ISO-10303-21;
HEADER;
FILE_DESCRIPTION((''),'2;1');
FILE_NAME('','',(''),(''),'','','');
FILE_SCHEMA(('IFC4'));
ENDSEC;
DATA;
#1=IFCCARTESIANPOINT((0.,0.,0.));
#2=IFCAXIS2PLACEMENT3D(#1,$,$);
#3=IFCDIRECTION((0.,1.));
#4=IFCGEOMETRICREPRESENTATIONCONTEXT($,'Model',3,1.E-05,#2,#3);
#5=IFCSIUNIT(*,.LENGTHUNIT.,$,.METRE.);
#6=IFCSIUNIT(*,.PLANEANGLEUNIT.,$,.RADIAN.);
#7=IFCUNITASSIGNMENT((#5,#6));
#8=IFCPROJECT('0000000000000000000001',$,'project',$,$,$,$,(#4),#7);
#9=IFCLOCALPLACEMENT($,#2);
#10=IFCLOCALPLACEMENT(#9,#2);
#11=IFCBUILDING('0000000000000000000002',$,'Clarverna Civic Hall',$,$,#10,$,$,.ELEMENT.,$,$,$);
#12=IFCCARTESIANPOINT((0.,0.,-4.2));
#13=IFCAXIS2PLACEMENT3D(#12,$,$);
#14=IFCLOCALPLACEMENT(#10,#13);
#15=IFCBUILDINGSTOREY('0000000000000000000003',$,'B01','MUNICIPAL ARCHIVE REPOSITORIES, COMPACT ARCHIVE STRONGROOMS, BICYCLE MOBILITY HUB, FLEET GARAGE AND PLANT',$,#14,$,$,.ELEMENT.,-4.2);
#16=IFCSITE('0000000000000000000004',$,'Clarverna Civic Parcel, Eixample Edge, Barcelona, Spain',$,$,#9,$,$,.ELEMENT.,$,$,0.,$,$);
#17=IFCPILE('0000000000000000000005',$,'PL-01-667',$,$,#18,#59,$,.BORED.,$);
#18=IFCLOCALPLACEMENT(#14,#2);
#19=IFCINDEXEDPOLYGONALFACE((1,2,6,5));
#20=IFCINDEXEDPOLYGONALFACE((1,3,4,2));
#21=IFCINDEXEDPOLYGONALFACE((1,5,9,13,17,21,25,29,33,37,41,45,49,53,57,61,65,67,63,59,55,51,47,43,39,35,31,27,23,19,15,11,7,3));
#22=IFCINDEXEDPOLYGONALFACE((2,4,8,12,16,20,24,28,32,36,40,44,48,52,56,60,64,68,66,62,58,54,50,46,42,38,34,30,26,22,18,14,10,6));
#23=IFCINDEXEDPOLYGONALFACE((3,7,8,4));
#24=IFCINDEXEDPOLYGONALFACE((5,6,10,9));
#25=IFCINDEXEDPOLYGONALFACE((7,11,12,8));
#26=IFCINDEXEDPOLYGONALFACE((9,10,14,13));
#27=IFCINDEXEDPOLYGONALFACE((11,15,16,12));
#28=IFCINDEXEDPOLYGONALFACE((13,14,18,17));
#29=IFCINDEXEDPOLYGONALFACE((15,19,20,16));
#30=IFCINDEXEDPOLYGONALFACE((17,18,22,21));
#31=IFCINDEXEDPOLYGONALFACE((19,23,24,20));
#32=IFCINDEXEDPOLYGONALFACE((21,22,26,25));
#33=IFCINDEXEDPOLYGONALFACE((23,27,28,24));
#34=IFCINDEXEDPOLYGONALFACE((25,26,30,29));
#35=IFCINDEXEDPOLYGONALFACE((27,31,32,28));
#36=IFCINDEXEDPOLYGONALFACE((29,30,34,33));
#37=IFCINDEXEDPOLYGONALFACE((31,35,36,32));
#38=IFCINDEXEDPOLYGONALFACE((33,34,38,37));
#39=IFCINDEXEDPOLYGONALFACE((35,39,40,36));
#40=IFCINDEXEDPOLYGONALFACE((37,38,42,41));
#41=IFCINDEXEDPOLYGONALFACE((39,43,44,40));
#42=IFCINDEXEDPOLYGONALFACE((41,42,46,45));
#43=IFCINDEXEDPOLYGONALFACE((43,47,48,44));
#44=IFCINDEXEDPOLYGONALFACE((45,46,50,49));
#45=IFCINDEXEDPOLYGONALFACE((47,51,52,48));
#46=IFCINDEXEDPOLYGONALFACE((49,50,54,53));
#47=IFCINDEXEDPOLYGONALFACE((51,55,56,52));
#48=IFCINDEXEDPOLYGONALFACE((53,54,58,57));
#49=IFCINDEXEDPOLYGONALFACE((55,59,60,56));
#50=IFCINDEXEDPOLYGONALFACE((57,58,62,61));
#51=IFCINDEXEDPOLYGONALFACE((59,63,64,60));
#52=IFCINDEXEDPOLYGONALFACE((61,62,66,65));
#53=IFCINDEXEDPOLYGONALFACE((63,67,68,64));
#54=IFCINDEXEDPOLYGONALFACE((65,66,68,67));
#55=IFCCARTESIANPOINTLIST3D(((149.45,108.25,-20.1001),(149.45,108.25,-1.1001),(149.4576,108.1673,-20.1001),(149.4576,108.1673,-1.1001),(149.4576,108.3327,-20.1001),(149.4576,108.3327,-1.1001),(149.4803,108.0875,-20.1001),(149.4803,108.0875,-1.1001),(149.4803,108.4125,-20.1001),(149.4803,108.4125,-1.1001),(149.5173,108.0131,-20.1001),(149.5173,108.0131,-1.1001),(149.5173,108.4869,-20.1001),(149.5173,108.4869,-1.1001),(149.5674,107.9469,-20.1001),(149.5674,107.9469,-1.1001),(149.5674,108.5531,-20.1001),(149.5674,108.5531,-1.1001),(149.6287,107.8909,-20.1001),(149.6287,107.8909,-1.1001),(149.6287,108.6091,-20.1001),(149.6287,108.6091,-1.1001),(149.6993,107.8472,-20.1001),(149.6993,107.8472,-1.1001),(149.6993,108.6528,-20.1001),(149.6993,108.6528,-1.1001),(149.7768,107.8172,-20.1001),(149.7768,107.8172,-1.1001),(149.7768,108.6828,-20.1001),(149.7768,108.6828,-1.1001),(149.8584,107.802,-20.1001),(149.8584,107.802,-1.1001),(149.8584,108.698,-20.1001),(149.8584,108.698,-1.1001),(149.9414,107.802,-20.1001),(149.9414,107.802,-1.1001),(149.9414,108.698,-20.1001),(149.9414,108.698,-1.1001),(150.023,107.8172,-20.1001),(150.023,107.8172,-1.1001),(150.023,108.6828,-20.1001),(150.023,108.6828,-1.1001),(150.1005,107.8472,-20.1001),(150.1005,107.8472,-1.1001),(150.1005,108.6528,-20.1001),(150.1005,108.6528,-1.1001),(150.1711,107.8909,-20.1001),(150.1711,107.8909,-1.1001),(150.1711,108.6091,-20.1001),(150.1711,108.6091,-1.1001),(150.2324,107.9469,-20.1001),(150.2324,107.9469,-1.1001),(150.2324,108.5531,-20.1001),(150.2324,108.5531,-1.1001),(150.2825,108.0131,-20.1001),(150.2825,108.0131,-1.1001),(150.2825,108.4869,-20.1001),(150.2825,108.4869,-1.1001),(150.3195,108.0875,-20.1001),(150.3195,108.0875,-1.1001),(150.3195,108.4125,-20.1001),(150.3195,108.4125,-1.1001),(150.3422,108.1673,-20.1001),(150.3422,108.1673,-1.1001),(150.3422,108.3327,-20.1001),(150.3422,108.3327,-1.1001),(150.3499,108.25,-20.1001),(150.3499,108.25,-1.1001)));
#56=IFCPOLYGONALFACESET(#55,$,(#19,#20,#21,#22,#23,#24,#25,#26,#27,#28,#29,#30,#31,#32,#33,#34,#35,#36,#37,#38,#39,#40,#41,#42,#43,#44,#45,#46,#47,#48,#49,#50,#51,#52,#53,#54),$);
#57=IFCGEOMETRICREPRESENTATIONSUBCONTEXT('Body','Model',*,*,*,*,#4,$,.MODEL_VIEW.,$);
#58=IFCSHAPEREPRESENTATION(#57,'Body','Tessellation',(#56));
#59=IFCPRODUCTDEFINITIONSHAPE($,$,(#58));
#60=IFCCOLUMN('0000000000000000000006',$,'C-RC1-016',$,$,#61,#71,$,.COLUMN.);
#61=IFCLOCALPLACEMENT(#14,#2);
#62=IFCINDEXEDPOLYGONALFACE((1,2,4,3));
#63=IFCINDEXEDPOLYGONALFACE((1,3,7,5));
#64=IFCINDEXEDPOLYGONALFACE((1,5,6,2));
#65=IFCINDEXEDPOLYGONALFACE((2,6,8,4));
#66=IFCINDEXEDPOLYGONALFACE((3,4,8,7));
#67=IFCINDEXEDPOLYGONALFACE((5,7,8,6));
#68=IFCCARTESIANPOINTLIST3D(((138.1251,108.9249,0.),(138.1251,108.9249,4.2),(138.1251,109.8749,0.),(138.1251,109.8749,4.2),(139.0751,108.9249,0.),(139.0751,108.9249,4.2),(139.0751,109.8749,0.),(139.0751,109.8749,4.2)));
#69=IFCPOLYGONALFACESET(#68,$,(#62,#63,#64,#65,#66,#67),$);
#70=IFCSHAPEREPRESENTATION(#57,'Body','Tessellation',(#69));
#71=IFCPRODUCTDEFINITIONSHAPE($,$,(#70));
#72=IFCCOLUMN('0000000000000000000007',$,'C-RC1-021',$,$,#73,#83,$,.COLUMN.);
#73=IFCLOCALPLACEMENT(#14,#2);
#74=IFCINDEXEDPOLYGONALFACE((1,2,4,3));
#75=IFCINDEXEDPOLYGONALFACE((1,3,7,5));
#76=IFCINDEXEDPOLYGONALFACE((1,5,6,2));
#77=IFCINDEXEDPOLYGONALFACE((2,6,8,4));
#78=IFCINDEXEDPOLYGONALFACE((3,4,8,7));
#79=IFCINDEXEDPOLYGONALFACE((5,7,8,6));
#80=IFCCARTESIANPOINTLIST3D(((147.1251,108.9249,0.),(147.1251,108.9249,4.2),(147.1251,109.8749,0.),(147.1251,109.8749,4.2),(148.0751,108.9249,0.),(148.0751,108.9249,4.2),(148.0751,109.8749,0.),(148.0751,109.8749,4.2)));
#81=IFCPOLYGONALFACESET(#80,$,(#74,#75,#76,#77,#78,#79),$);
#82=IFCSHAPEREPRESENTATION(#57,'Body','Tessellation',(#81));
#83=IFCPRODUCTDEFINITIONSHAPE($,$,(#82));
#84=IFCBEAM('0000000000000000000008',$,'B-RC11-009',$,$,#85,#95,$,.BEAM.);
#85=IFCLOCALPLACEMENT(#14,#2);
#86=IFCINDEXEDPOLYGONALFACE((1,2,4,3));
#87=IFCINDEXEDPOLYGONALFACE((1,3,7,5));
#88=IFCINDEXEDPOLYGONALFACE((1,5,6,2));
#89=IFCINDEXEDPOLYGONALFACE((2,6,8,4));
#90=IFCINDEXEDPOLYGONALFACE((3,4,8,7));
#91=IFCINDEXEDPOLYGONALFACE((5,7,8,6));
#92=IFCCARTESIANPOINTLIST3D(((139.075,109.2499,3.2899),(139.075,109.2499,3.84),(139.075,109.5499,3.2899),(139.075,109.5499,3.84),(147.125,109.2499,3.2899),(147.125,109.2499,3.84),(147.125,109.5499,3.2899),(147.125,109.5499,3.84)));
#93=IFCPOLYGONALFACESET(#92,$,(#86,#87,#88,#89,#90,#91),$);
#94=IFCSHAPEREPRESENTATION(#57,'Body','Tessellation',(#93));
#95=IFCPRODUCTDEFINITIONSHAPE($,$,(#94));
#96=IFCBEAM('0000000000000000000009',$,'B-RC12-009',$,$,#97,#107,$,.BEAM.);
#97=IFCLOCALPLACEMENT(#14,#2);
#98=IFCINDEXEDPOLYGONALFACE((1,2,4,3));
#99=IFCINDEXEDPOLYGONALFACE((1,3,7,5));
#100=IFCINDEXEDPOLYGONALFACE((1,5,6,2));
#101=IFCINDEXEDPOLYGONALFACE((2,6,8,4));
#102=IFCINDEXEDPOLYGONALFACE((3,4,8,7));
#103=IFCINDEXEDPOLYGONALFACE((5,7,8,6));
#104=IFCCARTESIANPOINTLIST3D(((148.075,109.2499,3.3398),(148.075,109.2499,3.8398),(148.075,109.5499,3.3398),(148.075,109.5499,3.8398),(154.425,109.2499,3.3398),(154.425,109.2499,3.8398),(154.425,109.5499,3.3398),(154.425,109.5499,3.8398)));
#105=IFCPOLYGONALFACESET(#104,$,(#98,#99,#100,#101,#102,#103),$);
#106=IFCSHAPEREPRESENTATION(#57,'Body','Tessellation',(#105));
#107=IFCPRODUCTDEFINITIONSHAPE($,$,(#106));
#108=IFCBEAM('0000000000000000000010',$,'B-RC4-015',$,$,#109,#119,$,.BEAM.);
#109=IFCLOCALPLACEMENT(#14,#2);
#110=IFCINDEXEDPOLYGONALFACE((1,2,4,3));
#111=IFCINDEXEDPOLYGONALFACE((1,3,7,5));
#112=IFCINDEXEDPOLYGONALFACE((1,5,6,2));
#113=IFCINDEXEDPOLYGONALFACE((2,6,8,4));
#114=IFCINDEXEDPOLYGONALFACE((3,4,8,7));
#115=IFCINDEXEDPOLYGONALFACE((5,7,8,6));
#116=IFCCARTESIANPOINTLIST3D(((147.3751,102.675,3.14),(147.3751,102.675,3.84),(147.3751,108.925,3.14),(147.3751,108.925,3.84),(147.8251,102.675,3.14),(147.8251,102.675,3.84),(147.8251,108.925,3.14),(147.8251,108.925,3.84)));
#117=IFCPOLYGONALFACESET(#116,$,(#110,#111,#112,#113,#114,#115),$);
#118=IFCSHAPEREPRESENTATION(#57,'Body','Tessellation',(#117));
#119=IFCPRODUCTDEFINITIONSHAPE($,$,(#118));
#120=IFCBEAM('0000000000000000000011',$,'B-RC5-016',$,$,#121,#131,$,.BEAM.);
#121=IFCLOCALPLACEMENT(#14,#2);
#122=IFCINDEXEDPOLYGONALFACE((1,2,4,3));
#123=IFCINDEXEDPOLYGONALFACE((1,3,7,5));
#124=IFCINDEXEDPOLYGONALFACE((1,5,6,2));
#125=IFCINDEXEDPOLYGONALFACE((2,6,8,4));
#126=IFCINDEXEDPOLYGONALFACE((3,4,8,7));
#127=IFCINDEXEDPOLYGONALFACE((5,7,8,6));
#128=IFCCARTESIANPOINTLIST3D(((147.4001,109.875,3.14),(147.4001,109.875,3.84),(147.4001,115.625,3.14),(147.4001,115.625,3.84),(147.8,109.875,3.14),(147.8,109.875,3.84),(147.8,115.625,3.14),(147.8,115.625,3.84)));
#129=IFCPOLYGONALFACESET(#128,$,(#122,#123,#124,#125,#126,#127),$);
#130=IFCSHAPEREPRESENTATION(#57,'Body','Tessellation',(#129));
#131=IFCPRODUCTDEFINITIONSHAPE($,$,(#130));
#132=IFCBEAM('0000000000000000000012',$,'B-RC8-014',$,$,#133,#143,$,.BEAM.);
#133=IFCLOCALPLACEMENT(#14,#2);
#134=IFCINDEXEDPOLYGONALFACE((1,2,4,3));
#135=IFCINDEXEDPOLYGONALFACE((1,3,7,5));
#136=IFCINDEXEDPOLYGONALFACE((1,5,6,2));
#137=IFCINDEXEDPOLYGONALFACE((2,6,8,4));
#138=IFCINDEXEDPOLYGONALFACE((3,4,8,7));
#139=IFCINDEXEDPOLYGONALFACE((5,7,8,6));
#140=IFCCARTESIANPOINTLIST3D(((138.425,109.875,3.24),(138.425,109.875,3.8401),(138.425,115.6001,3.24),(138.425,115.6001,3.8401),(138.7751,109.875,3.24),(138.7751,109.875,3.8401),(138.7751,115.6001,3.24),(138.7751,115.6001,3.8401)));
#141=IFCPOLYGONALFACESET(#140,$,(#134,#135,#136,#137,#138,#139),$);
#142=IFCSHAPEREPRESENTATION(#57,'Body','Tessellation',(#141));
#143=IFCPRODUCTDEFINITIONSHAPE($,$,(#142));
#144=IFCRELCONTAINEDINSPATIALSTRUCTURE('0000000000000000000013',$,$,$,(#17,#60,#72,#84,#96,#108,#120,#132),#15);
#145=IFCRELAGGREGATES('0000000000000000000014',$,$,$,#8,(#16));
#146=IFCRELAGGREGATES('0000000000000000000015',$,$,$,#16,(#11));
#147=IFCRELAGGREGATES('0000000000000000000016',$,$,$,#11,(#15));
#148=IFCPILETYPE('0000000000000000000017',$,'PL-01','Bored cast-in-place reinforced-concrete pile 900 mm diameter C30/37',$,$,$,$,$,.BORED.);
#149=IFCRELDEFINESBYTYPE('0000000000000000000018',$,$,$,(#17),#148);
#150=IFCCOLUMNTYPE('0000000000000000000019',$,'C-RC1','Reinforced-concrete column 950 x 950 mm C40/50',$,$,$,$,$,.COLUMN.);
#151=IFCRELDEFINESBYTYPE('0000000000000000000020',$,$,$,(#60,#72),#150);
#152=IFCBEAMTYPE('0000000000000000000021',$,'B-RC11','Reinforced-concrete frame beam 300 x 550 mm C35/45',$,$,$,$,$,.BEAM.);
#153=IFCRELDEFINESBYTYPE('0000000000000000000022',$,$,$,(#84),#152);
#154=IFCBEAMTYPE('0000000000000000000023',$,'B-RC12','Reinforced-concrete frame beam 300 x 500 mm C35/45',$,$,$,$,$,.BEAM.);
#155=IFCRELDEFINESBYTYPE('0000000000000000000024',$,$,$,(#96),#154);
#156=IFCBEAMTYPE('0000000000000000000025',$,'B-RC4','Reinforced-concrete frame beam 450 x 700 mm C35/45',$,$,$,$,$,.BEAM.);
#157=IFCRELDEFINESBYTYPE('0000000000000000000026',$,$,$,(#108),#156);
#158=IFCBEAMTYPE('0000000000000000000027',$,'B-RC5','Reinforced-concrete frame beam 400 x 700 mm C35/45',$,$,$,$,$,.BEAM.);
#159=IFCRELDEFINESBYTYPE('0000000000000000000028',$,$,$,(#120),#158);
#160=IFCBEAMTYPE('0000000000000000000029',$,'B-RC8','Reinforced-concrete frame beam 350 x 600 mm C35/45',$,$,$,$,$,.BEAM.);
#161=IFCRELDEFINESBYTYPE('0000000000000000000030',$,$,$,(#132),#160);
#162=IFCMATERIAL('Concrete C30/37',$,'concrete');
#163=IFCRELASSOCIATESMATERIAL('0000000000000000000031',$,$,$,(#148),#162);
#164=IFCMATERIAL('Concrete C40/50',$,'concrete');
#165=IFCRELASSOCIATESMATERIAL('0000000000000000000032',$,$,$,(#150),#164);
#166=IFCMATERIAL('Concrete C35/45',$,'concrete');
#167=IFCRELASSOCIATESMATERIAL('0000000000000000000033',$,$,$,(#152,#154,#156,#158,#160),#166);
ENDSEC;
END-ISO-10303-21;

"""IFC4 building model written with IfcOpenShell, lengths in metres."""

from ifc_helpers import new_model, si_unit, direction, frame, origin, origin_2d, place, context, subcontext, project, spatial, rectangle, circle, extrude, material, material_profile, profile_set, type_object, element, save


model = new_model("IFC4")

# Units and contexts
model_context = context("Model", 3, precision=1e-05, world=origin(), true_north=direction((0.0, 1.0)))
body_context = subcontext(model_context, "Body", "Model", "MODEL_VIEW")
ifc_project = project(units=[si_unit("LENGTHUNIT", "METRE"), si_unit("PLANEANGLEUNIT", "RADIAN")], contexts=[model_context])

# Site, building, storey
site_placement = place(None, origin())
site = spatial("IfcSite", under=ifc_project, at=site_placement, Name="Clarverna Civic Parcel, Eixample Edge, Barcelona, Spain", CompositionType="ELEMENT", RefElevation=0.0)
building_placement = place(site_placement, origin())
building = spatial("IfcBuilding", under=site, at=building_placement, Name="Clarverna Civic Hall", CompositionType="ELEMENT")
storey_placement = place(building_placement, frame((0.0, 0.0, -4.2)))
storey = spatial("IfcBuildingStorey", under=building, at=storey_placement, Name="B01", Description="MUNICIPAL ARCHIVE REPOSITORIES, COMPACT ARCHIVE STRONGROOMS, BICYCLE MOBILITY HUB, FLEET GARAGE AND PLANT", CompositionType="ELEMENT", Elevation=-4.2)

# Shared definitions
ifc_material_1 = material(Name="Concrete C30/37", Category="concrete")

# Pile
ifc_material_profile_1 = material_profile(ifc_material_1, circle(Radius=0.45, at=origin_2d()), Name="BORED PILE D900")
ifc_profile_set_1 = profile_set([ifc_material_profile_1], Name="Concrete C30/37")
pile_type = type_object("IfcPileType", Name="PL-01", Description="Bored cast-in-place reinforced-concrete pile 900 mm diameter C30/37", PredefinedType="BORED", material=ifc_profile_set_1)
for number, where, z_axis, x_axis, name in (
    (1, (149.8999, 108.25, -1.1001), (0.0, 0.0, -1.0), (1.0, 0.0, 0.0), "PL-01-667"),
):
    element("IfcPile", number, at=place(storey_placement, frame(where, z_axis=z_axis, x_axis=x_axis)), inside=storey, type_object=pile_type, Name=name, PredefinedType="BORED", context=body_context, shape_type="SweptSolid", body=[
        extrude(circle(Radius=0.45, at=origin_2d()), origin(), (0.0, 0.0, 1.0), 19.0),
    ])

# Columns
ifc_material_2 = material(Name="Concrete C40/50", Category="concrete")
ifc_material_profile_2 = material_profile(ifc_material_2, rectangle(XDim=0.95, YDim=0.95, at=origin_2d()), Name="RC 950x950")
ifc_profile_set_2 = profile_set([ifc_material_profile_2], Name="Concrete C40/50")
column_type = type_object("IfcColumnType", Name="C-RC1", Description="Reinforced-concrete column 950 x 950 mm C40/50", PredefinedType="COLUMN", material=ifc_profile_set_2)
for number, where, z_axis, x_axis, name in (
    (2, (138.6001, 109.3999, 0.0), (0.0, 0.0, 1.0), (1.0, 0.0, 0.0), "C-RC1-016"),
    (3, (147.6001, 109.3999, 0.0), (0.0, 0.0, 1.0), (1.0, 0.0, 0.0), "C-RC1-021"),
):
    element("IfcColumn", number, at=place(storey_placement, frame(where, z_axis=z_axis, x_axis=x_axis)), inside=storey, type_object=column_type, Name=name, PredefinedType="COLUMN", context=body_context, shape_type="SweptSolid", body=[
        extrude(rectangle(XDim=0.95, YDim=0.95, at=origin_2d()), origin(), (0.0, 0.0, 1.0), 4.2),
    ])

# Beams
ifc_material_3 = material(Name="Concrete C35/45", Category="concrete")
ifc_material_profile_3 = material_profile(ifc_material_3, rectangle(XDim=0.3, YDim=0.55, at=origin_2d()), Name="RC 300x550")
ifc_profile_set_3 = profile_set([ifc_material_profile_3], Name="Concrete C35/45")
beam_type_1 = type_object("IfcBeamType", Name="B-RC11", Description="Reinforced-concrete frame beam 300 x 550 mm C35/45", PredefinedType="BEAM", material=ifc_profile_set_3)
beam_1_placement = place(storey_placement, frame((139.075, 109.3999, 3.5649), z_axis=(1.0, 0.0, 0.0), x_axis=(0.0, 1.0, 0.0)))
element("IfcBeam", 4, at=beam_1_placement, inside=storey, type_object=beam_type_1, Name="B-RC11-009", PredefinedType="BEAM", context=body_context, shape_type="SweptSolid", body=[
    extrude(rectangle(XDim=0.3, YDim=0.55, at=origin_2d()), origin(), (0.0, 0.0, 1.0), 8.05),
])
ifc_material_profile_4 = material_profile(ifc_material_3, rectangle(XDim=0.3, YDim=0.5, at=origin_2d()), Name="RC 300x500")
ifc_profile_set_4 = profile_set([ifc_material_profile_4], Name="Concrete C35/45")
beam_type_2 = type_object("IfcBeamType", Name="B-RC12", Description="Reinforced-concrete frame beam 300 x 500 mm C35/45", PredefinedType="BEAM", material=ifc_profile_set_4)
beam_2_placement = place(storey_placement, frame((148.075, 109.3999, 3.5898), z_axis=(1.0, 0.0, 0.0), x_axis=(0.0, 1.0, 0.0)))
element("IfcBeam", 5, at=beam_2_placement, inside=storey, type_object=beam_type_2, Name="B-RC12-009", PredefinedType="BEAM", context=body_context, shape_type="SweptSolid", body=[
    extrude(rectangle(XDim=0.3, YDim=0.5, at=origin_2d()), origin(), (0.0, 0.0, 1.0), 6.3501),
])
ifc_material_profile_5 = material_profile(ifc_material_3, rectangle(XDim=0.45, YDim=0.7, at=origin_2d()), Name="RC 450x700")
ifc_profile_set_5 = profile_set([ifc_material_profile_5], Name="Concrete C35/45")
beam_type_3 = type_object("IfcBeamType", Name="B-RC4", Description="Reinforced-concrete frame beam 450 x 700 mm C35/45", PredefinedType="BEAM", material=ifc_profile_set_5)
beam_3_placement = place(storey_placement, frame((147.6001, 102.675, 3.49), z_axis=(0.0, 1.0, 0.0), x_axis=(-1.0, 0.0, 0.0)))
element("IfcBeam", 6, at=beam_3_placement, inside=storey, type_object=beam_type_3, Name="B-RC4-015", PredefinedType="BEAM", context=body_context, shape_type="SweptSolid", body=[
    extrude(rectangle(XDim=0.45, YDim=0.7, at=origin_2d()), origin(), (0.0, 0.0, 1.0), 6.25),
])
ifc_material_profile_6 = material_profile(ifc_material_3, rectangle(XDim=0.3999, YDim=0.7, at=origin_2d()), Name="RC 400x700")
ifc_profile_set_6 = profile_set([ifc_material_profile_6], Name="Concrete C35/45")
beam_type_4 = type_object("IfcBeamType", Name="B-RC5", Description="Reinforced-concrete frame beam 400 x 700 mm C35/45", PredefinedType="BEAM", material=ifc_profile_set_6)
beam_4_placement = place(storey_placement, frame((147.6001, 109.875, 3.49), z_axis=(0.0, 1.0, 0.0), x_axis=(-1.0, 0.0, 0.0)))
element("IfcBeam", 7, at=beam_4_placement, inside=storey, type_object=beam_type_4, Name="B-RC5-016", PredefinedType="BEAM", context=body_context, shape_type="SweptSolid", body=[
    extrude(rectangle(XDim=0.3999, YDim=0.7, at=origin_2d()), origin(), (0.0, 0.0, 1.0), 5.75),
])
ifc_material_profile_7 = material_profile(ifc_material_3, rectangle(XDim=0.3501, YDim=0.6001, at=origin_2d()), Name="RC 350x600")
ifc_profile_set_7 = profile_set([ifc_material_profile_7], Name="Concrete C35/45")
beam_type_5 = type_object("IfcBeamType", Name="B-RC8", Description="Reinforced-concrete frame beam 350 x 600 mm C35/45", PredefinedType="BEAM", material=ifc_profile_set_7)
beam_5_placement = place(storey_placement, frame((138.6001, 109.875, 3.54), z_axis=(0.0, 1.0, 0.0), x_axis=(-1.0, 0.0, 0.0)))
element("IfcBeam", 8, at=beam_5_placement, inside=storey, type_object=beam_type_5, Name="B-RC8-014", PredefinedType="BEAM", context=body_context, shape_type="SweptSolid", body=[
    extrude(rectangle(XDim=0.3501, YDim=0.6001, at=origin_2d()), origin(), (0.0, 0.0, 1.0), 5.7251),
])

save(model, "model.ifc")
